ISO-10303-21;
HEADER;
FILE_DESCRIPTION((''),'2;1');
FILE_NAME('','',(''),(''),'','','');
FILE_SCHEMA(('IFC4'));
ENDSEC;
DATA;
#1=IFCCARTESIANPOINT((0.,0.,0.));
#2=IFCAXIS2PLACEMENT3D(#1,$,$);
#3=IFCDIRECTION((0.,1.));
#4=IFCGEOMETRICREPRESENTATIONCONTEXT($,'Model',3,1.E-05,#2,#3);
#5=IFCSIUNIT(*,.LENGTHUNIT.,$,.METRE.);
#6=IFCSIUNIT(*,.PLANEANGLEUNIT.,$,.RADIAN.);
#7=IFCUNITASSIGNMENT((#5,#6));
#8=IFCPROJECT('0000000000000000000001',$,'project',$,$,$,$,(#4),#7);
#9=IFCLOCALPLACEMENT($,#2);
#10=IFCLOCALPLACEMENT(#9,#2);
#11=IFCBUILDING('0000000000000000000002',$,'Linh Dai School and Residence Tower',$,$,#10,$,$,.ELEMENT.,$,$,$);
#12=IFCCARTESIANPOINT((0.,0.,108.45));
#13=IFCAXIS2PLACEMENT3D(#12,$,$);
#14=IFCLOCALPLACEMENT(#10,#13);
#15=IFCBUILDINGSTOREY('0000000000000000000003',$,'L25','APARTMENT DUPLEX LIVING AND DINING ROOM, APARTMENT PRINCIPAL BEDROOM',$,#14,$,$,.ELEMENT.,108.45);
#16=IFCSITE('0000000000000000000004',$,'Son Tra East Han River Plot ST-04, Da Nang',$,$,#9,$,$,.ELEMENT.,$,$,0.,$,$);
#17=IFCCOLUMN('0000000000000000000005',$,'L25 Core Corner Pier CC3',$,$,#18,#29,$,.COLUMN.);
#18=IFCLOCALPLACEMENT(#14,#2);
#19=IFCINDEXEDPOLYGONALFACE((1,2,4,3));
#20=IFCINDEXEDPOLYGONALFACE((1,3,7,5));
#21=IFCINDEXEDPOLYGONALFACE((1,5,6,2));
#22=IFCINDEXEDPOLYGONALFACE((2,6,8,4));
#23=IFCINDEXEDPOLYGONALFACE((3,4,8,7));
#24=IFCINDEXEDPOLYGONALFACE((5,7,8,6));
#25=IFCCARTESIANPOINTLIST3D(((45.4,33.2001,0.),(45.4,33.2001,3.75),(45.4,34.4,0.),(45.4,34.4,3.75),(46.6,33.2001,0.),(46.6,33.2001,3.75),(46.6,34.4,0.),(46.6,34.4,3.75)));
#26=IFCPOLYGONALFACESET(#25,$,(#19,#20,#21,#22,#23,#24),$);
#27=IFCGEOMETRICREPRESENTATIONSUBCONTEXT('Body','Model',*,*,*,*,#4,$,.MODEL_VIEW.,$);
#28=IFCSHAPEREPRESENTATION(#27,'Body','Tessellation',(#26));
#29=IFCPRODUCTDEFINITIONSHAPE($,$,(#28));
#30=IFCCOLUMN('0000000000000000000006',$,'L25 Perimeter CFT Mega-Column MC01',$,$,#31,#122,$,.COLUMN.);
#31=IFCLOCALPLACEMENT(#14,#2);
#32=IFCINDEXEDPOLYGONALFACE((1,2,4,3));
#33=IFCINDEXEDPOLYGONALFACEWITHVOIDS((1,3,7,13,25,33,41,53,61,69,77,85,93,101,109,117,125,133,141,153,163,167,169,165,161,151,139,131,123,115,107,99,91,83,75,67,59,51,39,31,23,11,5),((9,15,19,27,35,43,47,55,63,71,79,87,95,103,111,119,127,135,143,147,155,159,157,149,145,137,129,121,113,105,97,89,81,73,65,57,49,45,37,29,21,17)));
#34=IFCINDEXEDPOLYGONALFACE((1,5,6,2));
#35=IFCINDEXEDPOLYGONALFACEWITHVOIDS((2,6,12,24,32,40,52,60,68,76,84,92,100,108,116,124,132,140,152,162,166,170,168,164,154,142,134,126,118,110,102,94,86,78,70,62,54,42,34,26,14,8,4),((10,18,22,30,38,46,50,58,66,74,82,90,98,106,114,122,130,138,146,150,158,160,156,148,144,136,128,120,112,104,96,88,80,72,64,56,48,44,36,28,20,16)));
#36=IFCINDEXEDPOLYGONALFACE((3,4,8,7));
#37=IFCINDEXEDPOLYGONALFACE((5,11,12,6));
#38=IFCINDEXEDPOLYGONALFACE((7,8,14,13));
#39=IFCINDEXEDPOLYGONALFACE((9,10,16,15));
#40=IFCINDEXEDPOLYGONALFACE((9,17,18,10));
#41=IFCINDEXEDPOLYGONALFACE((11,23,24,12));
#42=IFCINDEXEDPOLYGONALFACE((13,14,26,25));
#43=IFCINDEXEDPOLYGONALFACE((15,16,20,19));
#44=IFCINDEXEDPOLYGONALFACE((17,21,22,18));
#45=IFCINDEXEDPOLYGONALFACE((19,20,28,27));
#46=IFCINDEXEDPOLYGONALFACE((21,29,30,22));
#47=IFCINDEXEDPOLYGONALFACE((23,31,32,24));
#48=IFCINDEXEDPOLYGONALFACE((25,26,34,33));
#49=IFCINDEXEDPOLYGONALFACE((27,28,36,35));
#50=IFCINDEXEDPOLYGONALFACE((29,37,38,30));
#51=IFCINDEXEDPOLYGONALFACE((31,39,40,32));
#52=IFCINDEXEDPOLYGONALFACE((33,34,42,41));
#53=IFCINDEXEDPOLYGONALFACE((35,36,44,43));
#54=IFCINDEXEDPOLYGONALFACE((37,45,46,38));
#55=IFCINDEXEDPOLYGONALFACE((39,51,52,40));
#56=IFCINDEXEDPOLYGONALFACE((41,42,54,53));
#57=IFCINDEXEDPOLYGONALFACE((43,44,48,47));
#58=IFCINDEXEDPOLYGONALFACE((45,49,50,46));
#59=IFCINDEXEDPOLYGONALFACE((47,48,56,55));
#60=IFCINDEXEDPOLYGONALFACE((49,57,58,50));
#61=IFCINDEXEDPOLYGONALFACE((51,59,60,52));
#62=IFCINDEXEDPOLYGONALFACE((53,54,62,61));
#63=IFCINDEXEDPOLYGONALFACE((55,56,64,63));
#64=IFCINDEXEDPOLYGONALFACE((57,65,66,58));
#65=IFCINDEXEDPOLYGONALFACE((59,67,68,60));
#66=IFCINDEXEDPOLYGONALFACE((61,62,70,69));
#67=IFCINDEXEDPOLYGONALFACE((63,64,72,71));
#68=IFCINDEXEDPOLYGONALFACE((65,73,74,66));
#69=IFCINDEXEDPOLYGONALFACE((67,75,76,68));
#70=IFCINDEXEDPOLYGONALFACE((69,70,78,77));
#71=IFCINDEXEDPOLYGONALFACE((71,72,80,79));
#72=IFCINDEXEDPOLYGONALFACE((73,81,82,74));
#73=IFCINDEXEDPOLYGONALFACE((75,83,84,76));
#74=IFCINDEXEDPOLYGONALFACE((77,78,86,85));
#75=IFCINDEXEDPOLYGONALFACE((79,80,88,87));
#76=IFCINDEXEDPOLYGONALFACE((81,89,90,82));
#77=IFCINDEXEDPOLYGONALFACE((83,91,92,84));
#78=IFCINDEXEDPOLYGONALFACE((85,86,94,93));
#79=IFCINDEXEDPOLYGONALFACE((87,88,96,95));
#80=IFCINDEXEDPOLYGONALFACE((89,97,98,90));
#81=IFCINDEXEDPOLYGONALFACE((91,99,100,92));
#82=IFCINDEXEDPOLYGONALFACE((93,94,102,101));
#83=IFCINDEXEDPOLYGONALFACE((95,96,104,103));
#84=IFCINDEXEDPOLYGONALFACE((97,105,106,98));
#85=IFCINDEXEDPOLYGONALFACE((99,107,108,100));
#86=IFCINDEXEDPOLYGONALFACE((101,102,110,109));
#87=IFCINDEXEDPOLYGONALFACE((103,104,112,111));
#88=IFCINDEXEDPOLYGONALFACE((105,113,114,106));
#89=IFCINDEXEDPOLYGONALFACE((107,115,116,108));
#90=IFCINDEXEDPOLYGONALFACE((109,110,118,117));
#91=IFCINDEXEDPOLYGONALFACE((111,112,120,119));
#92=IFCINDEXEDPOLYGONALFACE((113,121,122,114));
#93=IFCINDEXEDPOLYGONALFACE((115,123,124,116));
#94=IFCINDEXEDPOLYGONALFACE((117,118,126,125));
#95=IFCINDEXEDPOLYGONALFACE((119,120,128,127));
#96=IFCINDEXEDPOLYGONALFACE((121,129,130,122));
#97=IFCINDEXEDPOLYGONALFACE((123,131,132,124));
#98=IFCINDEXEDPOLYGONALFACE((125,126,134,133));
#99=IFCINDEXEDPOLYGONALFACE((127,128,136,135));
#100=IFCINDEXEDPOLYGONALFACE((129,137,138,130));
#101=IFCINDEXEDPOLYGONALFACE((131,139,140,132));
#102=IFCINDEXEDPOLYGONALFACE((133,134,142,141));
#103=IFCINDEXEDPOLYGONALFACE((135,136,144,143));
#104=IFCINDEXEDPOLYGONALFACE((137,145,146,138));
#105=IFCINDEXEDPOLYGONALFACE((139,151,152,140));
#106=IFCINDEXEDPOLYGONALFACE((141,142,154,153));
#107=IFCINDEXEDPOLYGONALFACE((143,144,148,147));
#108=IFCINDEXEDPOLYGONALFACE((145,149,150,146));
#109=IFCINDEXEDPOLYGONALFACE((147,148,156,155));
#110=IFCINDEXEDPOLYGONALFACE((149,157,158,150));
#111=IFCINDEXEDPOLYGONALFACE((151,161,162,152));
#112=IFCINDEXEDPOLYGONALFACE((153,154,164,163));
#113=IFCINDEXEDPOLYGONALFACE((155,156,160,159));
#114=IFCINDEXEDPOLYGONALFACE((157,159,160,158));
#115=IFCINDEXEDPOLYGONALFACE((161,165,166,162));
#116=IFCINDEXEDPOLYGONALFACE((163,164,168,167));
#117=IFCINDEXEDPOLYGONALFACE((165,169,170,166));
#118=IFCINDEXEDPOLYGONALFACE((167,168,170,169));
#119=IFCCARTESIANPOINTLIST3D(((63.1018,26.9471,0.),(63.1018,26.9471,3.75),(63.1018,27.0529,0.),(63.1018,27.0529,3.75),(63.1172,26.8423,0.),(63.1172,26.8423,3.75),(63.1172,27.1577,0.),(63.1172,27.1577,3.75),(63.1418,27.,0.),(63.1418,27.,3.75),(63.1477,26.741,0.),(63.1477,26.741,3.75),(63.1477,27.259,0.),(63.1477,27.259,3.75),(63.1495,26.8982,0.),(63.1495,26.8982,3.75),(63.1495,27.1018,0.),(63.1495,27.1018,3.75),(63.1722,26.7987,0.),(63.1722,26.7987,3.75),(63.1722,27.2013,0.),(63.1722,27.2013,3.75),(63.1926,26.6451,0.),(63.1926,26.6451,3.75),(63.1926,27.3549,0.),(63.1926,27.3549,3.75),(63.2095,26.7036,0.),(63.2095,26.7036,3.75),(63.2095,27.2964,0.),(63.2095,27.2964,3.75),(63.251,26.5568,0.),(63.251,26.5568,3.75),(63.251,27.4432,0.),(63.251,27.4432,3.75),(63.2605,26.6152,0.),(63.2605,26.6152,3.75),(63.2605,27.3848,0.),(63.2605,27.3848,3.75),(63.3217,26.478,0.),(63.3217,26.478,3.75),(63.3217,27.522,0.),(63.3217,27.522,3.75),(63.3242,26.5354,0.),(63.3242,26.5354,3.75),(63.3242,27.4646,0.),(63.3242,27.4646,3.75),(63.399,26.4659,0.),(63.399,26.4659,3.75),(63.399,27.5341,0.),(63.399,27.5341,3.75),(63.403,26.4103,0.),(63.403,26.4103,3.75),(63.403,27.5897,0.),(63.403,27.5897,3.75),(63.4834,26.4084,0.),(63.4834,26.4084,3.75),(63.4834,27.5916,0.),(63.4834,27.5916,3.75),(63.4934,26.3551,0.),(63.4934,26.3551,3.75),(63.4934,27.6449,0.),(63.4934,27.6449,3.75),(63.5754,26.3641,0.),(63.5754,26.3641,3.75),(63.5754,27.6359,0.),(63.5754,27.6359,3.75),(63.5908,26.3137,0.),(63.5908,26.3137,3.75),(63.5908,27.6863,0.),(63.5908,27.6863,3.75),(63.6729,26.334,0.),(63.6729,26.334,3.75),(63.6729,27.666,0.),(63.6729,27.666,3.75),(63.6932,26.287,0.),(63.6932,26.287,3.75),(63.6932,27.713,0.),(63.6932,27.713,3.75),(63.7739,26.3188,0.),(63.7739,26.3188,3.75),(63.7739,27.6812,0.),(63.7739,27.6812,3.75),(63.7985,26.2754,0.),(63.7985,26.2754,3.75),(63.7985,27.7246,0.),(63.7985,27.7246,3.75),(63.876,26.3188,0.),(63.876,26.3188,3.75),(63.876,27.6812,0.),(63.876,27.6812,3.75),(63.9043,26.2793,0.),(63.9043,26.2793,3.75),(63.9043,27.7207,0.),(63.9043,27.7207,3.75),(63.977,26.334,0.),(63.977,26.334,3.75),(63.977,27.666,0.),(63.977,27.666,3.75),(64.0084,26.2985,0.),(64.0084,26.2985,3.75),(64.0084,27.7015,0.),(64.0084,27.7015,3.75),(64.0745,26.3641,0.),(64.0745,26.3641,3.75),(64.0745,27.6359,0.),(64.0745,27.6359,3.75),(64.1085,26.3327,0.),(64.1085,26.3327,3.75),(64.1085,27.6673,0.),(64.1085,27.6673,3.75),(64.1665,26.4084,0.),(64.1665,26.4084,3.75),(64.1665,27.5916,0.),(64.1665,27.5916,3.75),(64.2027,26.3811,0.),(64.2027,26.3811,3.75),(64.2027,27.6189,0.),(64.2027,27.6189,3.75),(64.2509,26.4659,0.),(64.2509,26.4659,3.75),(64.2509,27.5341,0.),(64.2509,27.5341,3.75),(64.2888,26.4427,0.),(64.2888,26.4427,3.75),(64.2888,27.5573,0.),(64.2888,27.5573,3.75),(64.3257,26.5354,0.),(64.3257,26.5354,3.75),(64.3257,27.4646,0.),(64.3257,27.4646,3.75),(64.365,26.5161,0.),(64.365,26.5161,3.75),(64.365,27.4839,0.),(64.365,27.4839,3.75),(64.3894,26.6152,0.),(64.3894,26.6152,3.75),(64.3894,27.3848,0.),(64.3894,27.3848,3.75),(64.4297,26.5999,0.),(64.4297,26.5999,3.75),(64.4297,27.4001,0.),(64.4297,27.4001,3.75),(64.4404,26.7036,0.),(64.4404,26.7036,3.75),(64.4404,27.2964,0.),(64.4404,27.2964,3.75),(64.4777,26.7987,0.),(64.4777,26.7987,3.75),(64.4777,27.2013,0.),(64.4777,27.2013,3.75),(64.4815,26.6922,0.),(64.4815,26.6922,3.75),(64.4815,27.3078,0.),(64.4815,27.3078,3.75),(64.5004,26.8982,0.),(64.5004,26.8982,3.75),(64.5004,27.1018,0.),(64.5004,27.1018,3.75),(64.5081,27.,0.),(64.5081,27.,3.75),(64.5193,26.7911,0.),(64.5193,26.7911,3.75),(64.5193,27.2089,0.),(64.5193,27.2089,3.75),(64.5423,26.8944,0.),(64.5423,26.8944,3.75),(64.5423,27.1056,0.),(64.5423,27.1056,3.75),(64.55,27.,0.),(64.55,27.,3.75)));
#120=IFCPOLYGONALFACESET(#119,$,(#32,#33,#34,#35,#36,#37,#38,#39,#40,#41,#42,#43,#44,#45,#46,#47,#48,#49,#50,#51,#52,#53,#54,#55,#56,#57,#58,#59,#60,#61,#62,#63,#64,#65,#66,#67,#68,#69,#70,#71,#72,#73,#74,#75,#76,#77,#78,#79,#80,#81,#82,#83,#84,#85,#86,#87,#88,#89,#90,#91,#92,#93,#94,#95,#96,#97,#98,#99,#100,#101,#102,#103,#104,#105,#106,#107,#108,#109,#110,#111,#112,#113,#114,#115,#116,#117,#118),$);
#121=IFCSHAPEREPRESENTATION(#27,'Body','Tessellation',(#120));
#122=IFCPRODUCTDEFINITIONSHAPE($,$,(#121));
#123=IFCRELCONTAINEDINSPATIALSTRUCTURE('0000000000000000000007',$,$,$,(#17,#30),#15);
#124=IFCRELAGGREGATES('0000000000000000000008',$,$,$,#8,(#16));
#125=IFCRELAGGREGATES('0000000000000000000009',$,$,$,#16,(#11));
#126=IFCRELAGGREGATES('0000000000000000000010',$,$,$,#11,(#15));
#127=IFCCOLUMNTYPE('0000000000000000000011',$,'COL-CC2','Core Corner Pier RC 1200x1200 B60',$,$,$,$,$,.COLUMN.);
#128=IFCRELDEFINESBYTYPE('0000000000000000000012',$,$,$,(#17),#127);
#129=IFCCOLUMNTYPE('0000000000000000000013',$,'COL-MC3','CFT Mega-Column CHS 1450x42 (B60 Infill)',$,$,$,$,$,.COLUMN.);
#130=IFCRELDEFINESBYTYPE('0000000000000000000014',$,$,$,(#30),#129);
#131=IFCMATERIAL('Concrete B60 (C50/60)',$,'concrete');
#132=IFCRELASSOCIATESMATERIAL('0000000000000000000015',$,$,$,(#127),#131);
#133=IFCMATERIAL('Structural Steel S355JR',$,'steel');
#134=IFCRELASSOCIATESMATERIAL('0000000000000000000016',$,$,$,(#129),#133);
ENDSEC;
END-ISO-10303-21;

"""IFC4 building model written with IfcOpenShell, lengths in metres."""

from ifc_helpers import new_model, si_unit, direction, frame, origin, origin_2d, place, context, subcontext, project, spatial, rectangle, hollow_circle, extrude, material, material_profile, profile_set, type_object, element, save


model = new_model("IFC4")

# Units and contexts
model_context = context("Model", 3, precision=1e-05, world=origin(), true_north=direction((0.0, 1.0)))
body_context = subcontext(model_context, "Body", "Model", "MODEL_VIEW")
ifc_project = project(units=[si_unit("LENGTHUNIT", "METRE"), si_unit("PLANEANGLEUNIT", "RADIAN")], contexts=[model_context])

# Site, building, storey
site_placement = place(None, origin())
site = spatial("IfcSite", under=ifc_project, at=site_placement, Name="Son Tra East Han River Plot ST-04, Da Nang", CompositionType="ELEMENT", RefElevation=0.0)
building_placement = place(site_placement, origin())
building = spatial("IfcBuilding", under=site, at=building_placement, Name="Linh Dai School and Residence Tower", CompositionType="ELEMENT")
storey_placement = place(building_placement, frame((0.0, 0.0, 108.45)))
storey = spatial("IfcBuildingStorey", under=building, at=storey_placement, Name="L25", Description="APARTMENT DUPLEX LIVING AND DINING ROOM, APARTMENT PRINCIPAL BEDROOM", CompositionType="ELEMENT", Elevation=108.45)

# Columns
ifc_material_1 = material(Name="Concrete B60 (C50/60)", Category="concrete")
ifc_material_profile_1 = material_profile(ifc_material_1, rectangle(XDim=1.2, YDim=1.2, at=origin_2d()), Name="RC 1200x1200")
ifc_profile_set_1 = profile_set([ifc_material_profile_1], Name="Concrete B60 (C50/60)")
column_type_1 = type_object("IfcColumnType", Name="COL-CC2", Description="Core Corner Pier RC 1200x1200 B60", PredefinedType="COLUMN", material=ifc_profile_set_1)
column_placement = place(storey_placement, frame((46.0, 33.8, 0.0), z_axis=(0.0, 0.0, 1.0), x_axis=(1.0, 0.0, 0.0)))
element("IfcColumn", 1, at=column_placement, inside=storey, type_object=column_type_1, Name="L25 Core Corner Pier CC3", PredefinedType="COLUMN", context=body_context, shape_type="SweptSolid", body=[
    extrude(rectangle(XDim=1.2, YDim=1.2, at=origin_2d()), origin(), (0.0, 0.0, 1.0), 3.75),
])
ifc_material_2 = material(Name="Structural Steel S355JR", Category="steel")
ifc_material_profile_2 = material_profile(ifc_material_2, hollow_circle(Radius=0.7251, WallThickness=0.042, at=origin_2d()), Name="CHS 1450x42")
ifc_profile_set_2 = profile_set([ifc_material_profile_2], Name="Structural Steel S355JR")
column_type_2 = type_object("IfcColumnType", Name="COL-MC3", Description="CFT Mega-Column CHS 1450x42 (B60 Infill)", PredefinedType="COLUMN", material=ifc_profile_set_2)
for number, where, z_axis, x_axis, name in (
    (2, (63.825, 27.0, 0.0), (0.0, 0.0, 1.0), (1.0, 0.0, 0.0), "L25 Perimeter CFT Mega-Column MC01"),
):
    element("IfcColumn", number, at=place(storey_placement, frame(where, z_axis=z_axis, x_axis=x_axis)), inside=storey, type_object=column_type_2, Name=name, PredefinedType="COLUMN", context=body_context, shape_type="SweptSolid", body=[
        extrude(hollow_circle(Radius=0.7251, WallThickness=0.042, at=origin_2d()), origin(), (0.0, 0.0, 1.0), 3.75),
    ])

save(model, "model.ifc")
